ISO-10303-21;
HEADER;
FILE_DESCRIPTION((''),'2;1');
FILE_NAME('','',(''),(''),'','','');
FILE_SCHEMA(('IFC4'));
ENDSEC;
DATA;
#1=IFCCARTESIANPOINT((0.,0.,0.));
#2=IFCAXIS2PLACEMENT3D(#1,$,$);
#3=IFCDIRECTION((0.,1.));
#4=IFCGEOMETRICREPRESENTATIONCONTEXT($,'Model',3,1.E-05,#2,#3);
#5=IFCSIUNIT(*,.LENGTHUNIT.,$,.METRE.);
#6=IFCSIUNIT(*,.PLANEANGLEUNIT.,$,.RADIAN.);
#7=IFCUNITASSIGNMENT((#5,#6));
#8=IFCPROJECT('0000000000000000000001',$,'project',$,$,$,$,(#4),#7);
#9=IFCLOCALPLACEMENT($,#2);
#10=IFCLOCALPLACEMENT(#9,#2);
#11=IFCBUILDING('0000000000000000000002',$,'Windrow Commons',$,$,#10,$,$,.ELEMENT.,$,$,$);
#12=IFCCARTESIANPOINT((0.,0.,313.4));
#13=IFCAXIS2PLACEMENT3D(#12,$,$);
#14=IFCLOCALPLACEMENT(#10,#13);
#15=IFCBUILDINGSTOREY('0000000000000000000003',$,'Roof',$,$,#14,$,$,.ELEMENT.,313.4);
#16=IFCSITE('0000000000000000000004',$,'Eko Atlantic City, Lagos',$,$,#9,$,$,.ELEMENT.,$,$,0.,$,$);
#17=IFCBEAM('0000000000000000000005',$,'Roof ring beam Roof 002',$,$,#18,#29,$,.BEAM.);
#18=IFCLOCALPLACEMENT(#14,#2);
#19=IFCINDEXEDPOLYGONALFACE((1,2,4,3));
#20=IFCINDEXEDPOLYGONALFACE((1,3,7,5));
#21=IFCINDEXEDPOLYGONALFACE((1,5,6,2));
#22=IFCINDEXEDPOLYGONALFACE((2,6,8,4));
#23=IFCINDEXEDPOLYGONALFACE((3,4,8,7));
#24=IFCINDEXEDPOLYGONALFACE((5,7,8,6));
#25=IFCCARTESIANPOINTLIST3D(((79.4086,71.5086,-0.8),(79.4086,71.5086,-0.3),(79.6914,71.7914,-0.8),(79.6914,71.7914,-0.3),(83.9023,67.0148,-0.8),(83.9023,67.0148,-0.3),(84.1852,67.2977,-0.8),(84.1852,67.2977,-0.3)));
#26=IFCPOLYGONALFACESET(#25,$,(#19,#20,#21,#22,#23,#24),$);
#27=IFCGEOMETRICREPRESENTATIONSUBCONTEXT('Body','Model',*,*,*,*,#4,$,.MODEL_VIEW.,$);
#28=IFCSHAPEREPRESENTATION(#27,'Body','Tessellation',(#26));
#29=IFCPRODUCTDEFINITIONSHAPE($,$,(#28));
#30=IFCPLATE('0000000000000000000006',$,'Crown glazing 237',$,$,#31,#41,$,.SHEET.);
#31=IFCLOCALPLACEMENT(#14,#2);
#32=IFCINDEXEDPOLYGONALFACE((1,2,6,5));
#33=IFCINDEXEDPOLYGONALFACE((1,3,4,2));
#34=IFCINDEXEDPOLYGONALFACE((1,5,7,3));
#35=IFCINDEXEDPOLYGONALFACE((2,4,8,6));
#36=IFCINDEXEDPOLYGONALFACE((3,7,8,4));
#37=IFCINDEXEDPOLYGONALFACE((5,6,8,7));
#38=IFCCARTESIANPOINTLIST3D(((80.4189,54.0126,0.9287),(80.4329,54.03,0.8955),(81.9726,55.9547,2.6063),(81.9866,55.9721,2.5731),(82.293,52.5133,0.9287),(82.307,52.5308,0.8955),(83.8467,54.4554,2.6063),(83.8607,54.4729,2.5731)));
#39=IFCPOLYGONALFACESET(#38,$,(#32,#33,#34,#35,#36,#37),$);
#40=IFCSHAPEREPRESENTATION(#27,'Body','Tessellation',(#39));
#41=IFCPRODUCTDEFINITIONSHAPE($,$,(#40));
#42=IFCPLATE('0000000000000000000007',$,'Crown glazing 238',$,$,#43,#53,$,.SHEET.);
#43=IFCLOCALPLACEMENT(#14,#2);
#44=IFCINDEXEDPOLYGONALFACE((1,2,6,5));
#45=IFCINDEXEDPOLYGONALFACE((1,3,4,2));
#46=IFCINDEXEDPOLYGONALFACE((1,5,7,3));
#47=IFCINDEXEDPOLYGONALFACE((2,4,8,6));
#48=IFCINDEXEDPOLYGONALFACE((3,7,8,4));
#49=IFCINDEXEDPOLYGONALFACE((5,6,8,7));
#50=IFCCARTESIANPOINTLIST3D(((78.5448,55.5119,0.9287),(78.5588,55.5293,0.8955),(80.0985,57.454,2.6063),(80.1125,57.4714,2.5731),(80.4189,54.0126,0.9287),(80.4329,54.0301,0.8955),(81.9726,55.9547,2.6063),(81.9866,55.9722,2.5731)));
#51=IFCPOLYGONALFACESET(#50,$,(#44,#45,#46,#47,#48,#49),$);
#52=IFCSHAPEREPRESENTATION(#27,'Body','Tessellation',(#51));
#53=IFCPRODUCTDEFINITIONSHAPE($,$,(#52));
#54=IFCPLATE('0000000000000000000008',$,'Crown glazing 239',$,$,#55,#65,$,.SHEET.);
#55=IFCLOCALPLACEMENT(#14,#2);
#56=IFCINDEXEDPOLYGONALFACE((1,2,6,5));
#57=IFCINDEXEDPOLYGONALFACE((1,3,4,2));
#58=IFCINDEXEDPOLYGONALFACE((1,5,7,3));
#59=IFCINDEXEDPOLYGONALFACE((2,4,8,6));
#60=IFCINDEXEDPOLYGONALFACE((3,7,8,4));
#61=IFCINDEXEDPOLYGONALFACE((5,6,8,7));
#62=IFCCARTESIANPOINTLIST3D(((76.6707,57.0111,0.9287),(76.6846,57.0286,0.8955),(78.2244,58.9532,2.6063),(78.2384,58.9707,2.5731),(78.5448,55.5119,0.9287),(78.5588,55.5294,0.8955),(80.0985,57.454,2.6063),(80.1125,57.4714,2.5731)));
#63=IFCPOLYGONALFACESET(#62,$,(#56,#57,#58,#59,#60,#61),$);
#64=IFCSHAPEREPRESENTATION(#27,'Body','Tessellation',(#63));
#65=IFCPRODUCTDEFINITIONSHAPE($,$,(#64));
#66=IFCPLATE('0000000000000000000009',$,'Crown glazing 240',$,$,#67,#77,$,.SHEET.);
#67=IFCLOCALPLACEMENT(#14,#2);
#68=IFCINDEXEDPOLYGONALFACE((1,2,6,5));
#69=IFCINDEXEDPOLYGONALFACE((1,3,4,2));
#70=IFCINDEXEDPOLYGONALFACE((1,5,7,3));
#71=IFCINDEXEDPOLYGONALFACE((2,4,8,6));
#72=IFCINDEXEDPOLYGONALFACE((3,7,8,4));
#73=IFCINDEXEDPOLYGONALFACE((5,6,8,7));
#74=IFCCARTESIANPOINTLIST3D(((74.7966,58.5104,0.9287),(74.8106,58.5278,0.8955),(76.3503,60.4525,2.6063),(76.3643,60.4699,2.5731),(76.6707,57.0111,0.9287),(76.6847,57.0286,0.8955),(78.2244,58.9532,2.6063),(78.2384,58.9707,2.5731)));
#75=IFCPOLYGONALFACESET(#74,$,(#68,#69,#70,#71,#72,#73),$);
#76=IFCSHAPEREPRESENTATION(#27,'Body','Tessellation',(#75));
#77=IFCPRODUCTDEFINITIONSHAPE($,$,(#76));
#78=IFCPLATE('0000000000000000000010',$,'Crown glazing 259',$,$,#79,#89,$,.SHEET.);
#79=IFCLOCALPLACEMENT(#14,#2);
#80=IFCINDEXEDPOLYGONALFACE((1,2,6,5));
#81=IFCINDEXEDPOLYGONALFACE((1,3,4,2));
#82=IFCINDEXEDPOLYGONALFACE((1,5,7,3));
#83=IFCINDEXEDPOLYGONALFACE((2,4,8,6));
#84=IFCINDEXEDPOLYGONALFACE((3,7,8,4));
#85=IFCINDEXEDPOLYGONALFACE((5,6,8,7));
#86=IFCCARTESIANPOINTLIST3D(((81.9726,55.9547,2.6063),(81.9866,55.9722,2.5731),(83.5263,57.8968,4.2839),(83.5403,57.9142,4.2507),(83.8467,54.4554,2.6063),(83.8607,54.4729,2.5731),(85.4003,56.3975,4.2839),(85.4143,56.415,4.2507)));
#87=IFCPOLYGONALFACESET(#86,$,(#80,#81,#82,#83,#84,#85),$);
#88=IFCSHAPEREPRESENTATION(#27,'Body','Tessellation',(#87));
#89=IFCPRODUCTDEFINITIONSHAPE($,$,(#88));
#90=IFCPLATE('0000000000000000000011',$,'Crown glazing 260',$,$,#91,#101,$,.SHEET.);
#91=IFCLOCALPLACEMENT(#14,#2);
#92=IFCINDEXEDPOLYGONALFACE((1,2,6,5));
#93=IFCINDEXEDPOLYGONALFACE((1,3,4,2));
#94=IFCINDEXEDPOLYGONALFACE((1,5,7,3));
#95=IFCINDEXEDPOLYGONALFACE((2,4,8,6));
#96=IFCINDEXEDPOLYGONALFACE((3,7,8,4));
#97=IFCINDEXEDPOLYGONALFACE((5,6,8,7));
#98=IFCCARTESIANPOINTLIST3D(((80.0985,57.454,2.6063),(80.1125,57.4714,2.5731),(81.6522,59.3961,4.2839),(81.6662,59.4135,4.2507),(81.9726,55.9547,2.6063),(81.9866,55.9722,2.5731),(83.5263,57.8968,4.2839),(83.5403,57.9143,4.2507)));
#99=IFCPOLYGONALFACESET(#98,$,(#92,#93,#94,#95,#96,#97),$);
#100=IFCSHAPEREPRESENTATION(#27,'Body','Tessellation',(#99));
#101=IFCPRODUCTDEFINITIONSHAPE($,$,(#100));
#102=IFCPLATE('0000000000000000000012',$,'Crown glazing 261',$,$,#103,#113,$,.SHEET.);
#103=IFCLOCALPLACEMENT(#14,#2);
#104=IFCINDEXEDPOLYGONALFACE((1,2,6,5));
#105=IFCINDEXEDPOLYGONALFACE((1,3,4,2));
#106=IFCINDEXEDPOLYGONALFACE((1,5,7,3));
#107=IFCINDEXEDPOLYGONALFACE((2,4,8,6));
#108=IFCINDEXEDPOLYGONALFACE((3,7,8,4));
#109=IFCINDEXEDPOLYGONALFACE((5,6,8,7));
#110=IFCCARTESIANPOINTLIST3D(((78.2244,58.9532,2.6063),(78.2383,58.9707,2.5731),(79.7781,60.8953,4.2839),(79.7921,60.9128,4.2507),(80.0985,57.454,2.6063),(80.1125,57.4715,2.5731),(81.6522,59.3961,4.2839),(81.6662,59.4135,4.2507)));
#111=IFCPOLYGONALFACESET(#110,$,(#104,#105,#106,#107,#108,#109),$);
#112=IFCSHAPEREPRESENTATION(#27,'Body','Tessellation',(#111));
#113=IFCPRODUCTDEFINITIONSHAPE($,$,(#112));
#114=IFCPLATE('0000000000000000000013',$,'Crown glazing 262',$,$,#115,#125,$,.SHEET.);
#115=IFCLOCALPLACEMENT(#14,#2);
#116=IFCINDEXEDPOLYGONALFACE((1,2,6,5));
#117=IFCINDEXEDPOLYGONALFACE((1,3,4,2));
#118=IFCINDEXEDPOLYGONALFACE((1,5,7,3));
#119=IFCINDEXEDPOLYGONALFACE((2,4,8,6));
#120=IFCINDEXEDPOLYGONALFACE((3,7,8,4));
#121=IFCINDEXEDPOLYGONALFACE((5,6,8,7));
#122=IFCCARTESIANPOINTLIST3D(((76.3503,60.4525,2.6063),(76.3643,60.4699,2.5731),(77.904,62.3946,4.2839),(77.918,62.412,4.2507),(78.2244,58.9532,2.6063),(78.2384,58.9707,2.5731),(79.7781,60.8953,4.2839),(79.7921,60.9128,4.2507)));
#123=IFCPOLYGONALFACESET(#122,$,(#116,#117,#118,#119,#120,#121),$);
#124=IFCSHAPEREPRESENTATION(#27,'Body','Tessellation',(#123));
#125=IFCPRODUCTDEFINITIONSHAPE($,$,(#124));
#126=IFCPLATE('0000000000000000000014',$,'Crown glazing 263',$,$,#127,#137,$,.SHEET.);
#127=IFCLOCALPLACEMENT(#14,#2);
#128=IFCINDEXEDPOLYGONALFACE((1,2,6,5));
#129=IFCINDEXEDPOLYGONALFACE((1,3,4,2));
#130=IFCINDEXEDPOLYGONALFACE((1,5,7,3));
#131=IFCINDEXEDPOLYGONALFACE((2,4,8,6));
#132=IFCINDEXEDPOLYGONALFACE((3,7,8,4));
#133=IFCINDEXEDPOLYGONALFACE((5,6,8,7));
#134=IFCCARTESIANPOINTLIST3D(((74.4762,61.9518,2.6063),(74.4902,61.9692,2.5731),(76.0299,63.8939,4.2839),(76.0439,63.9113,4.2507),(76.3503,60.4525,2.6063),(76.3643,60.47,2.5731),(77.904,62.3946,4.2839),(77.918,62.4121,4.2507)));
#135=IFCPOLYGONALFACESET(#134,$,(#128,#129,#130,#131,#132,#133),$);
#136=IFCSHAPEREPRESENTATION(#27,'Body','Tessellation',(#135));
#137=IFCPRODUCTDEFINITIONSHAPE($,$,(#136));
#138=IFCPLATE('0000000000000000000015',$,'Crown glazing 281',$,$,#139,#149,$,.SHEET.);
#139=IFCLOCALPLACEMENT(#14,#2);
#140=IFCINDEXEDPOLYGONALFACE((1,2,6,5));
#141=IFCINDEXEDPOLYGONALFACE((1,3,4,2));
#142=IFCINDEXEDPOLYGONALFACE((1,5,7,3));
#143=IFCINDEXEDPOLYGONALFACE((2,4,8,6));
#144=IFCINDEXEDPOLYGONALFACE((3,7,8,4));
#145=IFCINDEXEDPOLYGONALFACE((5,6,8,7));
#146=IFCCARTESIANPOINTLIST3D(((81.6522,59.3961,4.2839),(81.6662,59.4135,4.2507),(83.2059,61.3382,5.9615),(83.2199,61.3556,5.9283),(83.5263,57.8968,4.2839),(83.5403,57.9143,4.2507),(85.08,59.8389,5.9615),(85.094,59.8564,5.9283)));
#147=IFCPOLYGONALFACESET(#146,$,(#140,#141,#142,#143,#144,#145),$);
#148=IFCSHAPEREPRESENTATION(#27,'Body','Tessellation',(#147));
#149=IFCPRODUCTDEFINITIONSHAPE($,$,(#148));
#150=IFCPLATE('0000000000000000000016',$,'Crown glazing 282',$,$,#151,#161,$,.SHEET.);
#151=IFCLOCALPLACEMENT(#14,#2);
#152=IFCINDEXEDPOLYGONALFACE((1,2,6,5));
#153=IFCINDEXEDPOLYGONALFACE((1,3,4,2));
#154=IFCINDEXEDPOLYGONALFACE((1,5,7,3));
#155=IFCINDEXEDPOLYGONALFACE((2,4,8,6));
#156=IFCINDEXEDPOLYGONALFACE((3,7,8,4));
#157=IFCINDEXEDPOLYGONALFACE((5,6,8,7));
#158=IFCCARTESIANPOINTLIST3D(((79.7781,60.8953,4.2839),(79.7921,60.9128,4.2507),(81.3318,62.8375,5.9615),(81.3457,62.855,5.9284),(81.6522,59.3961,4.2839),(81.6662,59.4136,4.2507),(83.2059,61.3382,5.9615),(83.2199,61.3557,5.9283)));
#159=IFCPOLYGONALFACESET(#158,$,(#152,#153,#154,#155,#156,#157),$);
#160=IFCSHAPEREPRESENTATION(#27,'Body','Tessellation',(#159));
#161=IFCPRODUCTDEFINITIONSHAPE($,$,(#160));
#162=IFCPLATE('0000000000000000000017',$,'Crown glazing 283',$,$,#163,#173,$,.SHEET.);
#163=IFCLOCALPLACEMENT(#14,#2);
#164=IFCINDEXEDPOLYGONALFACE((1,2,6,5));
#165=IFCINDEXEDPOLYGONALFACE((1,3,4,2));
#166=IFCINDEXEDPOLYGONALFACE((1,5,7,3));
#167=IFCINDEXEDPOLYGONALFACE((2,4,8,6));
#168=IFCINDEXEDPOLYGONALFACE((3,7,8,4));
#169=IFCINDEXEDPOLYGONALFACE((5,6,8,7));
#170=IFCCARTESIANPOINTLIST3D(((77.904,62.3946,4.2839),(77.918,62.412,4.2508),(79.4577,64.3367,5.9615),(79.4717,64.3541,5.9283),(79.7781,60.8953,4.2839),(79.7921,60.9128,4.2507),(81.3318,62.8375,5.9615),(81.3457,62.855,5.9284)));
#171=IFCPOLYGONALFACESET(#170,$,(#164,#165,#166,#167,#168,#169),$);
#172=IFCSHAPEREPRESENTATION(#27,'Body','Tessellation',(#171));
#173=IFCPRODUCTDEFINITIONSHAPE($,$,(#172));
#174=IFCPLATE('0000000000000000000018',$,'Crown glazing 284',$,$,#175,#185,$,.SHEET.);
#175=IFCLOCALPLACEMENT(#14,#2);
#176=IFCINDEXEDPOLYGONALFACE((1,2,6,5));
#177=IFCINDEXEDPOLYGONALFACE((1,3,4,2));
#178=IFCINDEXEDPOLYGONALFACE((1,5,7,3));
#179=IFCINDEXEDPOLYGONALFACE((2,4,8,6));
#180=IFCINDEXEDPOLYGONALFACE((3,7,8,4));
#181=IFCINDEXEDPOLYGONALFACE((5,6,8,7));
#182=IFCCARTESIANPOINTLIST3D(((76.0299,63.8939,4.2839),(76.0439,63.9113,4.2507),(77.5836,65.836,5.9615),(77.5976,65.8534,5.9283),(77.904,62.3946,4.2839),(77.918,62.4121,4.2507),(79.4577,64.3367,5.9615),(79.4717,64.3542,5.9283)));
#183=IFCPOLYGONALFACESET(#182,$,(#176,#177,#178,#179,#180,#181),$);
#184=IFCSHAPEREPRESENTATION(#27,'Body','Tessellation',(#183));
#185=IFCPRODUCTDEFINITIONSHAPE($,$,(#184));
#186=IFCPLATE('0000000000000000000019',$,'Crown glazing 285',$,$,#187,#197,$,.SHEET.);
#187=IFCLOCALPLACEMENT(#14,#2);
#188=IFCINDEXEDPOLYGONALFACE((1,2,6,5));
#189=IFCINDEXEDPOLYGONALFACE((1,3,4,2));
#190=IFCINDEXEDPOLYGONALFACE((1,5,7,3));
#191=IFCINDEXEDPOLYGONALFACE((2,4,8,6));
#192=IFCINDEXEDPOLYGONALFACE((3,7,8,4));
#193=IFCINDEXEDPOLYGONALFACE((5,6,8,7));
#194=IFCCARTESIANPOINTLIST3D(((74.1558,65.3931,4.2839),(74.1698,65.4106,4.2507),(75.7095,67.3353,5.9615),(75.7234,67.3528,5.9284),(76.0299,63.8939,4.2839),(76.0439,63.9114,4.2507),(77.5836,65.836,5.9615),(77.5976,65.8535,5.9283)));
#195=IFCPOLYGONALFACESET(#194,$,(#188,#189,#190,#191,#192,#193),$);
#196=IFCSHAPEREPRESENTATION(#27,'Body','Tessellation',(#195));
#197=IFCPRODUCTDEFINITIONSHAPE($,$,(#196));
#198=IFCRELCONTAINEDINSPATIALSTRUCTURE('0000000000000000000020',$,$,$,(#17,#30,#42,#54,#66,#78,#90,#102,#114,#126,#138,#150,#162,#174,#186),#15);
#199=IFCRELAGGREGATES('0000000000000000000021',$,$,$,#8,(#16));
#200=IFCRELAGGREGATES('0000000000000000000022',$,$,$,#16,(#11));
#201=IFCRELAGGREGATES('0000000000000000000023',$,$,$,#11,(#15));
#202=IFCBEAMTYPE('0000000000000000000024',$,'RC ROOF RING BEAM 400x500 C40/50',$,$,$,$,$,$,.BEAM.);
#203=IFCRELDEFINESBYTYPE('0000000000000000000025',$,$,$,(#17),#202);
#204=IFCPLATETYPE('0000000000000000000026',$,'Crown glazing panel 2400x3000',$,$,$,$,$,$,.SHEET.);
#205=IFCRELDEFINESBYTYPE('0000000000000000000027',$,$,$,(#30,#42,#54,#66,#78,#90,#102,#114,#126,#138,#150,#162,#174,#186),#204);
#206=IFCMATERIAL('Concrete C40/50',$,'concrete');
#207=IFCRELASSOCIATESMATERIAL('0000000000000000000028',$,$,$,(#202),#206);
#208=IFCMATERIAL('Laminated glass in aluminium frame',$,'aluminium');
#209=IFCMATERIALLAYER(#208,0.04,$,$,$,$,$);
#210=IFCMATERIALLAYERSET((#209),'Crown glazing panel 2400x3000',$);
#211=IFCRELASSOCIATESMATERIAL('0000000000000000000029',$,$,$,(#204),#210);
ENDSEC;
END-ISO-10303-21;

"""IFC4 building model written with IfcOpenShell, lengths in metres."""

from ifc_helpers import new_model, si_unit, direction, frame, origin, origin_2d, place, context, subcontext, project, spatial, polyline, rectangle, outline, extrude, material, layer, layer_set, material_profile, profile_set, type_object, element, save


model = new_model("IFC4")

# Units and contexts
model_context = context("Model", 3, precision=1e-05, world=origin(), true_north=direction((0.0, 1.0)))
body_context = subcontext(model_context, "Body", "Model", "MODEL_VIEW")
ifc_project = project(units=[si_unit("LENGTHUNIT", "METRE"), si_unit("PLANEANGLEUNIT", "RADIAN")], contexts=[model_context])

# Site, building, storey
site_placement = place(None, origin())
site = spatial("IfcSite", under=ifc_project, at=site_placement, Name="Eko Atlantic City, Lagos", CompositionType="ELEMENT", RefElevation=0.0)
building_placement = place(site_placement, origin())
building = spatial("IfcBuilding", under=site, at=building_placement, Name="Windrow Commons", CompositionType="ELEMENT")
storey_placement = place(building_placement, frame((0.0, 0.0, 313.4)))
storey = spatial("IfcBuildingStorey", under=building, at=storey_placement, Name="Roof", CompositionType="ELEMENT", Elevation=313.4)

# Beam
ifc_material_1 = material(Name="Concrete C40/50", Category="concrete")
ifc_material_profile = material_profile(ifc_material_1, rectangle(XDim=0.4, YDim=0.5, at=origin_2d()))
ifc_profile_set = profile_set([ifc_material_profile], Name="Concrete C40/50")
beam_type = type_object("IfcBeamType", Name="RC ROOF RING BEAM 400x500 C40/50", PredefinedType="BEAM", material=ifc_profile_set)
beam_placement = place(storey_placement, frame((79.55, 71.65, -0.55), z_axis=(0.707107, -0.707107, 0.0), x_axis=(0.707107, 0.707107, 0.0)))
element("IfcBeam", 1, at=beam_placement, inside=storey, type_object=beam_type, Name="Roof ring beam Roof 002", PredefinedType="BEAM", context=body_context, shape_type="SweptSolid", body=[
    extrude(rectangle(XDim=0.4, YDim=0.5, at=origin_2d()), origin(), (0.0, 0.0, 1.0), 6.3551),
])

# Plates
ifc_material_2 = material(Name="Laminated glass in aluminium frame", Category="aluminium")
ifc_layer = layer(ifc_material_2, 0.04)
ifc_layer_set = layer_set([ifc_layer], Name="Crown glazing panel 2400x3000")
plate_type = type_object("IfcPlateType", Name="Crown glazing panel 2400x3000", PredefinedType="SHEET", material=ifc_layer_set)
for number, where, z_axis, x_axis, name in (
    (2, (82.293, 52.5133, 0.9287), (-0.349331, -0.436658, 0.829034), (-0.780865, 0.6247, 0.0), "Crown glazing 237"),
    (3, (80.4189, 54.0126, 0.9287), (-0.349331, -0.436658, 0.829034), (-0.780865, 0.6247, 0.0), "Crown glazing 238"),
):
    element("IfcPlate", number, at=place(storey_placement, frame(where, z_axis=z_axis, x_axis=x_axis)), inside=storey, type_object=plate_type, Name=name, PredefinedType="SHEET", context=body_context, shape_type="SweptSolid", body=[
        extrude(outline(polyline([(0.0, 0.0), (2.4, 0.0), (2.4, -3.0), (0.0, -3.0), (0.0, 0.0)])), origin(), (0.0, 0.0, -1.0), 0.04),
    ])
plate_1_placement = place(storey_placement, frame((78.5448, 55.5119, 0.9287), z_axis=(-0.349317, -0.436669, 0.829034), x_axis=(-0.780885, 0.624675, 0.0)))
element("IfcPlate", 4, at=plate_1_placement, inside=storey, type_object=plate_type, Name="Crown glazing 239", PredefinedType="SHEET", context=body_context, shape_type="SweptSolid", body=[
    extrude(outline(polyline([(0.0, 0.0), (2.4, 0.0), (2.3999, -3.0), (-0.0001, -3.0), (0.0, 0.0)])), origin(), (0.0, 0.0, -1.0), 0.04),
])
plate_2_placement = place(storey_placement, frame((76.6707, 57.0111, 0.9287), z_axis=(-0.349331, -0.436658, 0.829034), x_axis=(-0.780865, 0.6247, 0.0)))
element("IfcPlate", 5, at=plate_2_placement, inside=storey, type_object=plate_type, Name="Crown glazing 240", PredefinedType="SHEET", context=body_context, shape_type="SweptSolid", body=[
    extrude(outline(polyline([(0.0, 0.0), (2.4, 0.0), (2.4, -3.0), (0.0, -3.0), (0.0, 0.0)])), origin(), (0.0, 0.0, -1.0), 0.04),
])
plate_3_placement = place(storey_placement, frame((83.8467, 54.4554, 2.6063), z_axis=(-0.349339, -0.436657, 0.829031), x_axis=(-0.780862, 0.624703, -0.000006)))
element("IfcPlate", 6, at=plate_3_placement, inside=storey, type_object=plate_type, Name="Crown glazing 259", PredefinedType="SHEET", context=body_context, shape_type="SweptSolid", body=[
    extrude(outline(polyline([(0.0, 0.0), (2.4, 0.0), (2.4, -3.0), (0.0001, -3.0), (0.0, 0.0)])), origin(), (0.0, 0.0, -1.0), 0.04),
])
plate_4_placement = place(storey_placement, frame((81.9726, 55.9547, 2.6063), z_axis=(-0.349331, -0.436658, 0.829034), x_axis=(-0.780865, 0.6247, 0.0)))
element("IfcPlate", 7, at=plate_4_placement, inside=storey, type_object=plate_type, Name="Crown glazing 260", PredefinedType="SHEET", context=body_context, shape_type="SweptSolid", body=[
    extrude(outline(polyline([(0.0, 0.0), (2.4, 0.0), (2.4, -3.0), (0.0, -3.0), (0.0, 0.0)])), origin(), (0.0, 0.0, -1.0), 0.04),
])
plate_5_placement = place(storey_placement, frame((80.0985, 57.454, 2.6063), z_axis=(-0.349317, -0.436669, 0.829034), x_axis=(-0.780885, 0.624675, 0.0)))
element("IfcPlate", 8, at=plate_5_placement, inside=storey, type_object=plate_type, Name="Crown glazing 261", PredefinedType="SHEET", context=body_context, shape_type="SweptSolid", body=[
    extrude(outline(polyline([(0.0, 0.0), (2.4, 0.0), (2.3999, -3.0), (-0.0001, -3.0), (0.0, 0.0)])), origin(), (0.0, 0.0, -1.0), 0.04),
])
for number, where, z_axis, x_axis, name in (
    (9, (78.2244, 58.9532, 2.6063), (-0.349331, -0.436658, 0.829034), (-0.780865, 0.6247, 0.0), "Crown glazing 262"),
    (10, (76.3503, 60.4525, 2.6063), (-0.349331, -0.436658, 0.829034), (-0.780865, 0.6247, 0.0), "Crown glazing 263"),
    (11, (83.5263, 57.8968, 4.2839), (-0.349331, -0.436658, 0.829034), (-0.780865, 0.6247, 0.0), "Crown glazing 281"),
):
    element("IfcPlate", number, at=place(storey_placement, frame(where, z_axis=z_axis, x_axis=x_axis)), inside=storey, type_object=plate_type, Name=name, PredefinedType="SHEET", context=body_context, shape_type="SweptSolid", body=[
        extrude(outline(polyline([(0.0, 0.0), (2.4, 0.0), (2.4, -3.0), (0.0, -3.0), (0.0, 0.0)])), origin(), (0.0, 0.0, -1.0), 0.04),
    ])
plate_6_placement = place(storey_placement, frame((81.6522, 59.3961, 4.2839), z_axis=(-0.34932, -0.436659, 0.829038), x_axis=(-0.780882, 0.624679, -0.000008)))
element("IfcPlate", 12, at=plate_6_placement, inside=storey, type_object=plate_type, Name="Crown glazing 282", PredefinedType="SHEET", context=body_context, shape_type="SweptSolid", body=[
    extrude(outline(polyline([(0.0, 0.0), (2.4, 0.0), (2.4, -3.0001), (-0.0001, -3.0), (0.0, 0.0)])), origin(), (0.0, 0.0, -1.0), 0.04),
])
plate_7_placement = place(storey_placement, frame((79.7781, 60.8953, 4.2839), z_axis=(-0.34932, -0.436659, 0.829038), x_axis=(-0.780868, 0.624696, 0.000008)))
element("IfcPlate", 13, at=plate_7_placement, inside=storey, type_object=plate_type, Name="Crown glazing 283", PredefinedType="SHEET", context=body_context, shape_type="SweptSolid", body=[
    extrude(outline(polyline([(0.0, 0.0), (2.4, 0.0), (2.4, -3.0), (0.0001, -3.0001), (0.0, 0.0)])), origin(), (0.0, 0.0, -1.0), 0.04),
])
plate_8_placement = place(storey_placement, frame((77.904, 62.3946, 4.2839), z_axis=(-0.349331, -0.436658, 0.829034), x_axis=(-0.780865, 0.6247, 0.0)))
element("IfcPlate", 14, at=plate_8_placement, inside=storey, type_object=plate_type, Name="Crown glazing 284", PredefinedType="SHEET", context=body_context, shape_type="SweptSolid", body=[
    extrude(outline(polyline([(0.0, 0.0), (2.4, 0.0), (2.4, -3.0), (0.0, -3.0), (0.0, 0.0)])), origin(), (0.0, 0.0, -1.0), 0.04),
])
plate_9_placement = place(storey_placement, frame((76.0299, 63.8939, 4.2839), z_axis=(-0.34932, -0.436659, 0.829038), x_axis=(-0.780882, 0.624679, -0.000008)))
element("IfcPlate", 15, at=plate_9_placement, inside=storey, type_object=plate_type, Name="Crown glazing 285", PredefinedType="SHEET", context=body_context, shape_type="SweptSolid", body=[
    extrude(outline(polyline([(0.0, 0.0), (2.4, 0.0), (2.4, -3.0001), (-0.0001, -3.0), (0.0, 0.0)])), origin(), (0.0, 0.0, -1.0), 0.04),
])

save(model, "model.ifc")
